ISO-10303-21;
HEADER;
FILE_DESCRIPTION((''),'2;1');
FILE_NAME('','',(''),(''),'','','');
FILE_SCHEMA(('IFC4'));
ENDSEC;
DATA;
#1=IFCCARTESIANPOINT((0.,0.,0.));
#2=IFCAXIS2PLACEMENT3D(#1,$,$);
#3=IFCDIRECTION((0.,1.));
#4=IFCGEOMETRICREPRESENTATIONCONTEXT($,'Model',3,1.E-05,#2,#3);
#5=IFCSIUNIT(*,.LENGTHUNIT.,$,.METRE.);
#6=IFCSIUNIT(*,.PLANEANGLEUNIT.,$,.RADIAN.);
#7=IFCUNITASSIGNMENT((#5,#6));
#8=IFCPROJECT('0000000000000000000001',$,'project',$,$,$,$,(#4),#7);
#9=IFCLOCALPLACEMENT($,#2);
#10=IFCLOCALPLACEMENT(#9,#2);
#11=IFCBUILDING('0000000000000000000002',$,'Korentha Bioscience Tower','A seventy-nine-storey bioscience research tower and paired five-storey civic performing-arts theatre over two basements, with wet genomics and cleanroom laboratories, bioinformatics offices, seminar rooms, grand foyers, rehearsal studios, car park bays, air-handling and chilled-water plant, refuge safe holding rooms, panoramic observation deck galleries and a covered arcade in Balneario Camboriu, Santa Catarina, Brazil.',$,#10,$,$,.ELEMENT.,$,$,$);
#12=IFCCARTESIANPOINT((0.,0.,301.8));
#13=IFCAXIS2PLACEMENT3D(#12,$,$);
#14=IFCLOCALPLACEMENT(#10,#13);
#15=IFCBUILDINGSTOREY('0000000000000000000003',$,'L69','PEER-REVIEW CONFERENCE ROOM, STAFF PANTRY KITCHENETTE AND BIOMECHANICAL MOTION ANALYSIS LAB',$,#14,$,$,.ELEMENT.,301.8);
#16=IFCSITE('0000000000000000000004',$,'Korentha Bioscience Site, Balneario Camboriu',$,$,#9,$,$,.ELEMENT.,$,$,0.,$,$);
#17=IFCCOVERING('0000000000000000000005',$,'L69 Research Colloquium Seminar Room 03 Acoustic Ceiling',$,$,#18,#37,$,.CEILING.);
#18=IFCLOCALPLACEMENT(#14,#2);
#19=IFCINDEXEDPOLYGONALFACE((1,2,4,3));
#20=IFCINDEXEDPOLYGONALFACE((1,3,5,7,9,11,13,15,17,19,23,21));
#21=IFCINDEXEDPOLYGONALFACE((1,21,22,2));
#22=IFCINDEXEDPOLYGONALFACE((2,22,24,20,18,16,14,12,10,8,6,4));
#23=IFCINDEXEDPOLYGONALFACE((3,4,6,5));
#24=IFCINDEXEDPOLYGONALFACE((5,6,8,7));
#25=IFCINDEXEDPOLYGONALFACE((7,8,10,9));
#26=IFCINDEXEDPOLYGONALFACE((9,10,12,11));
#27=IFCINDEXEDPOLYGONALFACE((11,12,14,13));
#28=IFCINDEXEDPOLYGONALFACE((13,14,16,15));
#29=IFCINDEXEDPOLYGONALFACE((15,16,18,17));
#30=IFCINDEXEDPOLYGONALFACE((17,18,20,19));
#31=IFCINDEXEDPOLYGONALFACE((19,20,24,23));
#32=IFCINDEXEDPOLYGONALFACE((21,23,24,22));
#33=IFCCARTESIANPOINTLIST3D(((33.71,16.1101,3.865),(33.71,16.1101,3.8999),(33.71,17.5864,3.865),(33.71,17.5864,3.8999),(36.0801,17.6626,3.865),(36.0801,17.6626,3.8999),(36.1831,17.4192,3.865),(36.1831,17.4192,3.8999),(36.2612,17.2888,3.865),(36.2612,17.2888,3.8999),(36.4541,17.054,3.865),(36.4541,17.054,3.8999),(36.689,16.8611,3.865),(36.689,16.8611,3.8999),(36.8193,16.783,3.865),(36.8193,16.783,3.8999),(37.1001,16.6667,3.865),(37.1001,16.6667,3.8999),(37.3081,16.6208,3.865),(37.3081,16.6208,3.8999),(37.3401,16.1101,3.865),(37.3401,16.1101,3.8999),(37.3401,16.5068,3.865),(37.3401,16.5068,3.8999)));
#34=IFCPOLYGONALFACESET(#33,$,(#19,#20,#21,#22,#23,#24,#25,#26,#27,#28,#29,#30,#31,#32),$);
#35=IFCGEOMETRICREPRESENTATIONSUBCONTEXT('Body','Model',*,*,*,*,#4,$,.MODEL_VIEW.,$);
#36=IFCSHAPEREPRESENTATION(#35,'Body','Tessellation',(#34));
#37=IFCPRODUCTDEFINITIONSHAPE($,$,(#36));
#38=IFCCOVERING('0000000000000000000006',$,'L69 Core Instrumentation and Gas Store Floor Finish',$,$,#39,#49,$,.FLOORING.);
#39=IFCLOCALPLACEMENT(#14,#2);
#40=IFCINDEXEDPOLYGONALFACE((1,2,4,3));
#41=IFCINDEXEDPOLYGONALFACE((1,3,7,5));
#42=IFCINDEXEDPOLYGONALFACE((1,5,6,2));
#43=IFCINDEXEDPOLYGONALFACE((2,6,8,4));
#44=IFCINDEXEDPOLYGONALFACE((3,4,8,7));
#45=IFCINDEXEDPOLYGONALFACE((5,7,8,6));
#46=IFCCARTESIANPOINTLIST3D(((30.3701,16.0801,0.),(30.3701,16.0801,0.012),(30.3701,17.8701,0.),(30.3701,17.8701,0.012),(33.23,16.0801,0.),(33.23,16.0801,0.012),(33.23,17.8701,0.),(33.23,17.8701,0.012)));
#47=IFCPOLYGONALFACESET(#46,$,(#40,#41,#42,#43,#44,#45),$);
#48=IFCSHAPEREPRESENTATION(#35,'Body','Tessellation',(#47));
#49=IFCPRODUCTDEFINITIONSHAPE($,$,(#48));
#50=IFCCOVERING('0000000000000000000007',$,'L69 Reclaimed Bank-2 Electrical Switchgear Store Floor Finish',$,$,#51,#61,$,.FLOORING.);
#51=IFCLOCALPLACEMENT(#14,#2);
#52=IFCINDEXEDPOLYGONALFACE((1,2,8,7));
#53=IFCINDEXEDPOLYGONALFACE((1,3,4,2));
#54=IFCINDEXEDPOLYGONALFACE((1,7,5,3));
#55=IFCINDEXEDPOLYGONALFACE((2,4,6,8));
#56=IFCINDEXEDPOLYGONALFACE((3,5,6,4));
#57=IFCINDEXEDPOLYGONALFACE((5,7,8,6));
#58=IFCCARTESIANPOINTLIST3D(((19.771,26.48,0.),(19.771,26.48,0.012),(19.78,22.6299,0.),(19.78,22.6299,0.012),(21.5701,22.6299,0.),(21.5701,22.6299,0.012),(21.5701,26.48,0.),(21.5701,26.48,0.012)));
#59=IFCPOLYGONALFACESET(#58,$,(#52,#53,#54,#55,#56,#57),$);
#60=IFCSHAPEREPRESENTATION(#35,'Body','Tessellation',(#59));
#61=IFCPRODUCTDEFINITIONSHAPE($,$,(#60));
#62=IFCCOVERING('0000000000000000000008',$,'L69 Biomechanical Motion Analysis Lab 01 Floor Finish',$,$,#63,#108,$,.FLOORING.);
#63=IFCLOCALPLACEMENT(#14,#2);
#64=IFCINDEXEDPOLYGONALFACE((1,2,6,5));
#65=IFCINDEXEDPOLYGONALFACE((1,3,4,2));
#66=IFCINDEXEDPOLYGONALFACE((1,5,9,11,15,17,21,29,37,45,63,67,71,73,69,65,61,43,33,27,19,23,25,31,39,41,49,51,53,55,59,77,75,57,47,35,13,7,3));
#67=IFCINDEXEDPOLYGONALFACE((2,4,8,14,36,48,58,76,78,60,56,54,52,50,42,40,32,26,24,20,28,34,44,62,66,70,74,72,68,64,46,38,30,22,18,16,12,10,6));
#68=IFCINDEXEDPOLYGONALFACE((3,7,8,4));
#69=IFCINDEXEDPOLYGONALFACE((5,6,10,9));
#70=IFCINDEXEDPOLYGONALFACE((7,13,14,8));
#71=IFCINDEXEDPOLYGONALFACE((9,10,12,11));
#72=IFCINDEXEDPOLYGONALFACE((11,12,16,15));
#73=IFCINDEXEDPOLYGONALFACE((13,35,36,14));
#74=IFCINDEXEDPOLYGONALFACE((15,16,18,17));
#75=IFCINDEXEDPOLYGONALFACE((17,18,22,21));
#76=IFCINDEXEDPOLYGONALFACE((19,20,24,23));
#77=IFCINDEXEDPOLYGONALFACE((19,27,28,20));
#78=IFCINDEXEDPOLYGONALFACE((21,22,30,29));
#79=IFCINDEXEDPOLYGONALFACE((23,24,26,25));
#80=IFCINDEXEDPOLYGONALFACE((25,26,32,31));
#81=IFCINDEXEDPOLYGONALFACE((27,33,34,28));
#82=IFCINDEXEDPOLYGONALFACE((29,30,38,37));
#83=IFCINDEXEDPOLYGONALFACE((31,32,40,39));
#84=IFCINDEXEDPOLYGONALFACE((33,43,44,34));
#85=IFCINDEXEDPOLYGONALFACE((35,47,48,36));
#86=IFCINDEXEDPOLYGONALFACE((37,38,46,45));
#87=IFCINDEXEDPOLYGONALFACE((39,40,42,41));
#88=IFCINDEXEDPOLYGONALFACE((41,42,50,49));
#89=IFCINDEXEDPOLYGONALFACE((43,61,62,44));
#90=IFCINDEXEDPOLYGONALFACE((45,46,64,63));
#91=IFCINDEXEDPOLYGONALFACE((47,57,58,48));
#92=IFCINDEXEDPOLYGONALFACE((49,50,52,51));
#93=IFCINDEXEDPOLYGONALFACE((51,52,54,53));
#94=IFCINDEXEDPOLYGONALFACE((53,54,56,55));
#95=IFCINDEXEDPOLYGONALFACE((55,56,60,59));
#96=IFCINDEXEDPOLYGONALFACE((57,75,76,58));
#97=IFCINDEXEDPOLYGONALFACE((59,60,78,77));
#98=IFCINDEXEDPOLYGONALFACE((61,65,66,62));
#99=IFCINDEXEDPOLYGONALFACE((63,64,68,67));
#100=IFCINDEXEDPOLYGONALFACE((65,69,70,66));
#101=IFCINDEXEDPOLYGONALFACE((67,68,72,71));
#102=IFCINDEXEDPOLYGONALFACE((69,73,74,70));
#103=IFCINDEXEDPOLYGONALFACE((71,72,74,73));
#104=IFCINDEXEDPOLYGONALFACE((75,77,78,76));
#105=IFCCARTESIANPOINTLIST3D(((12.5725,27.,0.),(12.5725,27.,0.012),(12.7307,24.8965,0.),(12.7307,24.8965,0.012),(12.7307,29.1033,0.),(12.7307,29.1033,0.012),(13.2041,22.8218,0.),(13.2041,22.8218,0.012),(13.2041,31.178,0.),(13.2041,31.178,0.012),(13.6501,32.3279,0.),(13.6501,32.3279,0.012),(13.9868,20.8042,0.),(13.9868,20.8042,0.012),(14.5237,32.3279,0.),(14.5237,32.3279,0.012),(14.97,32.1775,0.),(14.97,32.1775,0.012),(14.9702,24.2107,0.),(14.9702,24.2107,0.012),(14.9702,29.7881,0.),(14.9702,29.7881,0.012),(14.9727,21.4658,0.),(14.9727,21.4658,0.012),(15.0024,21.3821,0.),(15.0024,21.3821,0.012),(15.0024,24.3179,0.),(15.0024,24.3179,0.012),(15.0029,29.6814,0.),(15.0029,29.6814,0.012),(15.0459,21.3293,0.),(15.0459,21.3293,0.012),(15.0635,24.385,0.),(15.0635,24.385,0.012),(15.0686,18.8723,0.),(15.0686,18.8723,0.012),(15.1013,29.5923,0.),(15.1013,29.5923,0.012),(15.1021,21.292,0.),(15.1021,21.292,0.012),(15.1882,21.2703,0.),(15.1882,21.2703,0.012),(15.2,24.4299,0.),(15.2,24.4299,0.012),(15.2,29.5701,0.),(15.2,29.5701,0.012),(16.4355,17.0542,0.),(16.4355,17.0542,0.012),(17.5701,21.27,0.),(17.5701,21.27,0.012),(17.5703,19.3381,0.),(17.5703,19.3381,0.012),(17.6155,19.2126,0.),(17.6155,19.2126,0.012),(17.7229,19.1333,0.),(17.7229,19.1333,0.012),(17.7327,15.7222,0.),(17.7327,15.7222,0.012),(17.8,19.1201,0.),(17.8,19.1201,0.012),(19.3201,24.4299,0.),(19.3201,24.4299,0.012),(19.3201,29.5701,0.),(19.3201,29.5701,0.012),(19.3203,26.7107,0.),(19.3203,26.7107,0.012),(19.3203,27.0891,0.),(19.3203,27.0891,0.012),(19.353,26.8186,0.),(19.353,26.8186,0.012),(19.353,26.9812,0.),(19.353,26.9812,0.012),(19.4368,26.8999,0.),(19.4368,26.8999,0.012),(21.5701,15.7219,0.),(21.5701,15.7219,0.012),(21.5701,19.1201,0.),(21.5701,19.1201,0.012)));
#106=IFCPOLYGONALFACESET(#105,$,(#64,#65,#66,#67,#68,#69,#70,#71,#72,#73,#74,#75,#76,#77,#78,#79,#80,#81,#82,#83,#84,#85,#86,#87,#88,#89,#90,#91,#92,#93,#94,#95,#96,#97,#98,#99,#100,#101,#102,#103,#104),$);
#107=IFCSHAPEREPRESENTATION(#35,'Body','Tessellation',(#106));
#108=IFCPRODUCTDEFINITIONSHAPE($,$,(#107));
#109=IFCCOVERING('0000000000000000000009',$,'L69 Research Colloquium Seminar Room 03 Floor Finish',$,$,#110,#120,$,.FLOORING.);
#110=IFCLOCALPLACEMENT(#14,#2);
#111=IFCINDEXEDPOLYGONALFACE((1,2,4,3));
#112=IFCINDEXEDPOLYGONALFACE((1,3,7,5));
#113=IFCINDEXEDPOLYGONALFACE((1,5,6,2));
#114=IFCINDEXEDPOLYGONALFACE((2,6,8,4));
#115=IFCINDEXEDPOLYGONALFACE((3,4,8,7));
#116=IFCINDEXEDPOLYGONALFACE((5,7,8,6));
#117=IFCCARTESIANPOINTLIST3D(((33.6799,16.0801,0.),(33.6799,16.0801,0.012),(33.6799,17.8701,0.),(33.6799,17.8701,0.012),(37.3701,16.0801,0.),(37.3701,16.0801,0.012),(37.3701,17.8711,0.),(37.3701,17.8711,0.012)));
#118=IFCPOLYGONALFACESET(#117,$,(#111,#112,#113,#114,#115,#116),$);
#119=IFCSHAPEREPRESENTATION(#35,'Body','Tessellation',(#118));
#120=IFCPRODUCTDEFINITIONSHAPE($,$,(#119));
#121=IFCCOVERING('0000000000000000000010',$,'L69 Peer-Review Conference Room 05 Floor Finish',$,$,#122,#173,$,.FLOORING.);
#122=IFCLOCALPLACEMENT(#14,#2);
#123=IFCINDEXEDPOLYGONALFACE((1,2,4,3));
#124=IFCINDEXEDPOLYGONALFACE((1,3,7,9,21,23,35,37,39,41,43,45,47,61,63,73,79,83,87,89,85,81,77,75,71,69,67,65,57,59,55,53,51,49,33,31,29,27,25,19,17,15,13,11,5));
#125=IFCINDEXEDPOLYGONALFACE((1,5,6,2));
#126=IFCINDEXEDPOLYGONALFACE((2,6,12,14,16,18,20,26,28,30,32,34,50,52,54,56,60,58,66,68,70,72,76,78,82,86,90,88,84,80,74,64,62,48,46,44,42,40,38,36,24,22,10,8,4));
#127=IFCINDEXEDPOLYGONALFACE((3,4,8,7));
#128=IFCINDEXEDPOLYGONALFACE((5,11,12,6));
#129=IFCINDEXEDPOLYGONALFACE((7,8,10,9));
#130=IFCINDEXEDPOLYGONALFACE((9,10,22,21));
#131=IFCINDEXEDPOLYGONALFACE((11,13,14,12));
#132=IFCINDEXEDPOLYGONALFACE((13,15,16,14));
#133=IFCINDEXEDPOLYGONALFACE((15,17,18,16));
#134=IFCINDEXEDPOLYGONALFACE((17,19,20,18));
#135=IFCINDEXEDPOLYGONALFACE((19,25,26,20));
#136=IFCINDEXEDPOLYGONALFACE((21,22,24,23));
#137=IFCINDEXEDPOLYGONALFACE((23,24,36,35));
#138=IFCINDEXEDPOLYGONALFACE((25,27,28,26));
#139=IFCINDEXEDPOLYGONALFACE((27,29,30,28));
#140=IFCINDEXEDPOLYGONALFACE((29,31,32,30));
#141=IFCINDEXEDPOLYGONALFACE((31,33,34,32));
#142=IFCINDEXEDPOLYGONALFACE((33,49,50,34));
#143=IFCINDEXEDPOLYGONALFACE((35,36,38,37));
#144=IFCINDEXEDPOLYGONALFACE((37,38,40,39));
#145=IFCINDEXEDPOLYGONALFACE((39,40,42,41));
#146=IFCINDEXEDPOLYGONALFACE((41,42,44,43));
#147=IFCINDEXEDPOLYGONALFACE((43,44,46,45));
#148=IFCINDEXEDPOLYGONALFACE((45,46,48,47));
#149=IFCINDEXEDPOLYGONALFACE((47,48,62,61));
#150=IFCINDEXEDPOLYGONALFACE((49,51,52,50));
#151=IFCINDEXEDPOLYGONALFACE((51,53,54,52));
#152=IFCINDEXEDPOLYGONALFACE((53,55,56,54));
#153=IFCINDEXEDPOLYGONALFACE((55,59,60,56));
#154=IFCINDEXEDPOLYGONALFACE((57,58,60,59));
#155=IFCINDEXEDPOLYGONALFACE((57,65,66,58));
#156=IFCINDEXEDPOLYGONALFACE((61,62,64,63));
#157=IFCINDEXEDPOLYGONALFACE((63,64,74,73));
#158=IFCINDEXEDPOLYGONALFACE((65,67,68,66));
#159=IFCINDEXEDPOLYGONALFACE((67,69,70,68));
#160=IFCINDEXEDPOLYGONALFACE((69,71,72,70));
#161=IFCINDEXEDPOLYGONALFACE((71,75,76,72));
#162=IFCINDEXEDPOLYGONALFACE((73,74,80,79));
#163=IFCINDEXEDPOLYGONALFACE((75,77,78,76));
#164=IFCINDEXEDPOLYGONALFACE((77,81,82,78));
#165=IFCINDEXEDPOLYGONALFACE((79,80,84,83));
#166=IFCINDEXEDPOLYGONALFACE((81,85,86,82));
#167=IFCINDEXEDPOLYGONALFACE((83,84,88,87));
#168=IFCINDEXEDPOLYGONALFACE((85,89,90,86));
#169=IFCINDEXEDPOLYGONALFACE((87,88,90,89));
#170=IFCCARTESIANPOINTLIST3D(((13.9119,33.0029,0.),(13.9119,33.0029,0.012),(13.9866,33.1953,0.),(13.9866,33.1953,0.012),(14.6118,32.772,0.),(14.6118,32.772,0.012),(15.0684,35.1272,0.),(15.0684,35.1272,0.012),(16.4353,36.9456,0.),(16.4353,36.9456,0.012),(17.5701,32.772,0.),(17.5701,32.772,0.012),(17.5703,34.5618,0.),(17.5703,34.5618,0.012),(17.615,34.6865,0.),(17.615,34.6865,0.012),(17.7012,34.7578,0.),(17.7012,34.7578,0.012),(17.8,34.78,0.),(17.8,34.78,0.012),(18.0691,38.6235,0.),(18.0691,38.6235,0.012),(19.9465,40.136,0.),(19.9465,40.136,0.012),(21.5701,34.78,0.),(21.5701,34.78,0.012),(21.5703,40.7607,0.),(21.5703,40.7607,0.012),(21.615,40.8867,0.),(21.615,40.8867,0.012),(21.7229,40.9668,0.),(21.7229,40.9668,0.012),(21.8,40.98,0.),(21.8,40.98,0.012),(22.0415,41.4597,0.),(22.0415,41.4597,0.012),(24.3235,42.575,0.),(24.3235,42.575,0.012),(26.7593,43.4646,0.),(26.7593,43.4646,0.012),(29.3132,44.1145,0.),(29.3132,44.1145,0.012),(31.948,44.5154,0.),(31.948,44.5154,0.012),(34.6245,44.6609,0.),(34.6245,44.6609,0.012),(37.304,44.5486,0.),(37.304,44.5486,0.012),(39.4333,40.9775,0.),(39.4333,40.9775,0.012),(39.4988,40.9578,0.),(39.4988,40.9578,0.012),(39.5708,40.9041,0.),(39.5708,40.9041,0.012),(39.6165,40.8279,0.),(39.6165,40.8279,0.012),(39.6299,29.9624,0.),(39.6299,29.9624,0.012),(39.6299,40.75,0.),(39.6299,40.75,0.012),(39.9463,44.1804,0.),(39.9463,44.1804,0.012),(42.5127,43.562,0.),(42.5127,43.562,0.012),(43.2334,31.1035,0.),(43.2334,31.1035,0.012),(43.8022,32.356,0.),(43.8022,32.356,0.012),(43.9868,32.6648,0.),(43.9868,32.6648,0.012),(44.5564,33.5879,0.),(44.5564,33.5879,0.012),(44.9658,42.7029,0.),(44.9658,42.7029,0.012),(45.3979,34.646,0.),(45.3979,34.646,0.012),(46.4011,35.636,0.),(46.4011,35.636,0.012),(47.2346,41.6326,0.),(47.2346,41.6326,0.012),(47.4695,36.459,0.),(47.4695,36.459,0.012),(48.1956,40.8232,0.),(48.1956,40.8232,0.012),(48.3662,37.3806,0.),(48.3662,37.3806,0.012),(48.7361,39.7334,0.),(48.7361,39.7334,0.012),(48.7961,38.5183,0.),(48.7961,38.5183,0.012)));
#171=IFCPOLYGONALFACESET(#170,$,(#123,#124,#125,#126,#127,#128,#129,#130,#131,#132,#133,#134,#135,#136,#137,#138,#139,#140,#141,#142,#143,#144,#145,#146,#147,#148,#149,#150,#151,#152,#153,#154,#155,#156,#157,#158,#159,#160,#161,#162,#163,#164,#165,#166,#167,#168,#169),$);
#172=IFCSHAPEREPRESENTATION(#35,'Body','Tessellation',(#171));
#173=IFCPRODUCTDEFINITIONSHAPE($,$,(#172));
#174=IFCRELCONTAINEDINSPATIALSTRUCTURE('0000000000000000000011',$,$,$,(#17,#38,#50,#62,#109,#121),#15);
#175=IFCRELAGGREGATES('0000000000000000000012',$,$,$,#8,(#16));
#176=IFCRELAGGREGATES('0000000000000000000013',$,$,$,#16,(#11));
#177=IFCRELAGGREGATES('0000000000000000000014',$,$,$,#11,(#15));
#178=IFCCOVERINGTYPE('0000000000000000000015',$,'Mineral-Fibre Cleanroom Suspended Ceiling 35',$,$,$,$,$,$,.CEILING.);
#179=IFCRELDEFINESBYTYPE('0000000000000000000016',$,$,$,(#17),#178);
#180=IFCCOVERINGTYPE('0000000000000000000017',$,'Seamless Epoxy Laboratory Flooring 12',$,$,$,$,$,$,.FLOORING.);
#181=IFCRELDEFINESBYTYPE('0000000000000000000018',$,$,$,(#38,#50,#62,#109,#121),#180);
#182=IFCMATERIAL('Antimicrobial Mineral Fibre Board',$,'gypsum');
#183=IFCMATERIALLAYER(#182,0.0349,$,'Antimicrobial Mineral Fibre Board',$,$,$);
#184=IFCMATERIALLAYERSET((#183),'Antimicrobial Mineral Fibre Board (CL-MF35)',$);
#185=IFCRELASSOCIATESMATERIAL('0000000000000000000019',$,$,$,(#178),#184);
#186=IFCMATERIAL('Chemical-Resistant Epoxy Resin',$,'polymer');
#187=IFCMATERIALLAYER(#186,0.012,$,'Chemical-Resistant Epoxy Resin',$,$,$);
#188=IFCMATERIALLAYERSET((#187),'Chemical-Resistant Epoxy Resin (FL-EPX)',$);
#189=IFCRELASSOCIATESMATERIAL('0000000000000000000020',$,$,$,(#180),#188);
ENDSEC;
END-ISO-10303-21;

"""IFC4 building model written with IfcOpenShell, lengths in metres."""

from ifc_helpers import new_model, si_unit, direction, frame, origin, place, context, subcontext, project, spatial, polyline, outline, extrude, material, layer, layer_set, type_object, element, save


model = new_model("IFC4")

# Units and contexts
model_context = context("Model", 3, precision=1e-05, world=origin(), true_north=direction((0.0, 1.0)))
body_context = subcontext(model_context, "Body", "Model", "MODEL_VIEW")
ifc_project = project(units=[si_unit("LENGTHUNIT", "METRE"), si_unit("PLANEANGLEUNIT", "RADIAN")], contexts=[model_context])

# Site, building, storey
site_placement = place(None, origin())
site = spatial("IfcSite", under=ifc_project, at=site_placement, Name="Korentha Bioscience Site, Balneario Camboriu", CompositionType="ELEMENT", RefElevation=0.0)
building_placement = place(site_placement, origin())
building = spatial("IfcBuilding", under=site, at=building_placement, Name="Korentha Bioscience Tower", Description="A seventy-nine-storey bioscience research tower and paired five-storey civic performing-arts theatre over two basements, with wet genomics and cleanroom laboratories, bioinformatics offices, seminar rooms, grand foyers, rehearsal studios, car park bays, air-handling and chilled-water plant, refuge safe holding rooms, panoramic observation deck galleries and a covered arcade in Balneario Camboriu, Santa Catarina, Brazil.", CompositionType="ELEMENT")
storey_placement = place(building_placement, frame((0.0, 0.0, 301.8)))
storey = spatial("IfcBuildingStorey", under=building, at=storey_placement, Name="L69", Description="PEER-REVIEW CONFERENCE ROOM, STAFF PANTRY KITCHENETTE AND BIOMECHANICAL MOTION ANALYSIS LAB", CompositionType="ELEMENT", Elevation=301.8)

# Coverings
ifc_material_1 = material(Name="Antimicrobial Mineral Fibre Board", Category="gypsum")
ifc_layer_1 = layer(ifc_material_1, 0.0349, Name="Antimicrobial Mineral Fibre Board")
ifc_layer_set_1 = layer_set([ifc_layer_1], Name="Antimicrobial Mineral Fibre Board (CL-MF35)")
covering_type_1 = type_object("IfcCoveringType", Name="Mineral-Fibre Cleanroom Suspended Ceiling 35", PredefinedType="CEILING", material=ifc_layer_set_1)
covering_1_placement = place(storey_placement, frame((0.0, 0.0, 3.865)))
element("IfcCovering", 1, at=covering_1_placement, inside=storey, type_object=covering_type_1, Name="L69 Research Colloquium Seminar Room 03 Acoustic Ceiling", PredefinedType="CEILING", context=body_context, shape_type="SweptSolid", body=[
    extrude(outline(polyline([(33.71, 16.1101), (33.71, 17.5864), (36.0801, 17.6626), (36.1831, 17.4192), (36.2612, 17.2888), (36.4541, 17.054), (36.689, 16.8611), (36.8193, 16.783), (37.1001, 16.6667), (37.3081, 16.6208), (37.3401, 16.5068), (37.3401, 16.1101), (33.71, 16.1101)])), origin(), (0.0, 0.0, 1.0), 0.0349),
])
ifc_material_2 = material(Name="Chemical-Resistant Epoxy Resin", Category="polymer")
ifc_layer_2 = layer(ifc_material_2, 0.012, Name="Chemical-Resistant Epoxy Resin")
ifc_layer_set_2 = layer_set([ifc_layer_2], Name="Chemical-Resistant Epoxy Resin (FL-EPX)")
covering_type_2 = type_object("IfcCoveringType", Name="Seamless Epoxy Laboratory Flooring 12", PredefinedType="FLOORING", material=ifc_layer_set_2)
covering_2_placement = place(storey_placement, origin())
element("IfcCovering", 2, at=covering_2_placement, inside=storey, type_object=covering_type_2, Name="L69 Core Instrumentation and Gas Store Floor Finish", PredefinedType="FLOORING", context=body_context, shape_type="SweptSolid", body=[
    extrude(outline(polyline([(30.3701, 16.0801), (30.3701, 17.8701), (33.23, 17.8701), (33.23, 16.0801), (30.3701, 16.0801)])), origin(), (0.0, 0.0, 1.0), 0.012),
])
covering_3_placement = place(storey_placement, origin())
element("IfcCovering", 3, at=covering_3_placement, inside=storey, type_object=covering_type_2, Name="L69 Reclaimed Bank-2 Electrical Switchgear Store Floor Finish", PredefinedType="FLOORING", context=body_context, shape_type="SweptSolid", body=[
    extrude(outline(polyline([(21.5701, 22.6299), (19.78, 22.6299), (19.771, 26.48), (21.5701, 26.48), (21.5701, 22.6299)])), origin(), (0.0, 0.0, 1.0), 0.012),
])
covering_4_placement = place(storey_placement, origin())
element("IfcCovering", 4, at=covering_4_placement, inside=storey, type_object=covering_type_2, Name="L69 Biomechanical Motion Analysis Lab 01 Floor Finish", PredefinedType="FLOORING", context=body_context, shape_type="SweptSolid", body=[
    extrude(outline(polyline([(12.7307, 24.8965), (12.5725, 27.0), (12.7307, 29.1033), (13.2041, 31.178), (13.6501, 32.3279), (14.5237, 32.3279), (14.97, 32.1775), (14.9702, 29.7881), (15.0029, 29.6814), (15.1013, 29.5923), (15.2, 29.5701), (19.3201, 29.5701), (19.3203, 27.0891), (19.353, 26.9812), (19.4368, 26.8999), (19.353, 26.8186), (19.3203, 26.7107), (19.3201, 24.4299), (15.2, 24.4299), (15.0635, 24.385), (15.0024, 24.3179), (14.9702, 24.2107), (14.9727, 21.4658), (15.0024, 21.3821), (15.0459, 21.3293), (15.1021, 21.292), (15.1882, 21.2703), (17.5701, 21.27), (17.5703, 19.3381), (17.6155, 19.2126), (17.7229, 19.1333), (17.8, 19.1201), (21.5701, 19.1201), (21.5701, 15.7219), (17.7327, 15.7222), (16.4355, 17.0542), (15.0686, 18.8723), (13.9868, 20.8042), (13.2041, 22.8218), (12.7307, 24.8965)])), origin(), (0.0, 0.0, 1.0), 0.012),
])
covering_5_placement = place(storey_placement, origin())
element("IfcCovering", 5, at=covering_5_placement, inside=storey, type_object=covering_type_2, Name="L69 Research Colloquium Seminar Room 03 Floor Finish", PredefinedType="FLOORING", context=body_context, shape_type="SweptSolid", body=[
    extrude(outline(polyline([(37.3701, 16.0801), (33.6799, 16.0801), (33.6799, 17.8701), (37.3701, 17.8711), (37.3701, 16.0801)])), origin(), (0.0, 0.0, 1.0), 0.012),
])
covering_6_placement = place(storey_placement, origin())
element("IfcCovering", 6, at=covering_6_placement, inside=storey, type_object=covering_type_2, Name="L69 Peer-Review Conference Room 05 Floor Finish", PredefinedType="FLOORING", context=body_context, shape_type="SweptSolid", body=[
    extrude(outline(polyline([(13.9866, 33.1953), (15.0684, 35.1272), (16.4353, 36.9456), (18.0691, 38.6235), (19.9465, 40.136), (22.0415, 41.4597), (24.3235, 42.575), (26.7593, 43.4646), (29.3132, 44.1145), (31.948, 44.5154), (34.6245, 44.6609), (37.304, 44.5486), (39.9463, 44.1804), (42.5127, 43.562), (44.9658, 42.7029), (47.2346, 41.6326), (48.1956, 40.8232), (48.7361, 39.7334), (48.7961, 38.5183), (48.3662, 37.3806), (47.4695, 36.459), (46.4011, 35.636), (45.3979, 34.646), (44.5564, 33.5879), (43.9868, 32.6648), (43.8022, 32.356), (43.2334, 31.1035), (39.6299, 29.9624), (39.6299, 40.75), (39.6165, 40.8279), (39.5708, 40.9041), (39.4988, 40.9578), (39.4333, 40.9775), (21.8, 40.98), (21.7229, 40.9668), (21.615, 40.8867), (21.5703, 40.7607), (21.5701, 34.78), (17.8, 34.78), (17.7012, 34.7578), (17.615, 34.6865), (17.5703, 34.5618), (17.5701, 32.772), (14.6118, 32.772), (13.9119, 33.0029), (13.9866, 33.1953)])), origin(), (0.0, 0.0, 1.0), 0.012),
])

save(model, "model.ifc")
